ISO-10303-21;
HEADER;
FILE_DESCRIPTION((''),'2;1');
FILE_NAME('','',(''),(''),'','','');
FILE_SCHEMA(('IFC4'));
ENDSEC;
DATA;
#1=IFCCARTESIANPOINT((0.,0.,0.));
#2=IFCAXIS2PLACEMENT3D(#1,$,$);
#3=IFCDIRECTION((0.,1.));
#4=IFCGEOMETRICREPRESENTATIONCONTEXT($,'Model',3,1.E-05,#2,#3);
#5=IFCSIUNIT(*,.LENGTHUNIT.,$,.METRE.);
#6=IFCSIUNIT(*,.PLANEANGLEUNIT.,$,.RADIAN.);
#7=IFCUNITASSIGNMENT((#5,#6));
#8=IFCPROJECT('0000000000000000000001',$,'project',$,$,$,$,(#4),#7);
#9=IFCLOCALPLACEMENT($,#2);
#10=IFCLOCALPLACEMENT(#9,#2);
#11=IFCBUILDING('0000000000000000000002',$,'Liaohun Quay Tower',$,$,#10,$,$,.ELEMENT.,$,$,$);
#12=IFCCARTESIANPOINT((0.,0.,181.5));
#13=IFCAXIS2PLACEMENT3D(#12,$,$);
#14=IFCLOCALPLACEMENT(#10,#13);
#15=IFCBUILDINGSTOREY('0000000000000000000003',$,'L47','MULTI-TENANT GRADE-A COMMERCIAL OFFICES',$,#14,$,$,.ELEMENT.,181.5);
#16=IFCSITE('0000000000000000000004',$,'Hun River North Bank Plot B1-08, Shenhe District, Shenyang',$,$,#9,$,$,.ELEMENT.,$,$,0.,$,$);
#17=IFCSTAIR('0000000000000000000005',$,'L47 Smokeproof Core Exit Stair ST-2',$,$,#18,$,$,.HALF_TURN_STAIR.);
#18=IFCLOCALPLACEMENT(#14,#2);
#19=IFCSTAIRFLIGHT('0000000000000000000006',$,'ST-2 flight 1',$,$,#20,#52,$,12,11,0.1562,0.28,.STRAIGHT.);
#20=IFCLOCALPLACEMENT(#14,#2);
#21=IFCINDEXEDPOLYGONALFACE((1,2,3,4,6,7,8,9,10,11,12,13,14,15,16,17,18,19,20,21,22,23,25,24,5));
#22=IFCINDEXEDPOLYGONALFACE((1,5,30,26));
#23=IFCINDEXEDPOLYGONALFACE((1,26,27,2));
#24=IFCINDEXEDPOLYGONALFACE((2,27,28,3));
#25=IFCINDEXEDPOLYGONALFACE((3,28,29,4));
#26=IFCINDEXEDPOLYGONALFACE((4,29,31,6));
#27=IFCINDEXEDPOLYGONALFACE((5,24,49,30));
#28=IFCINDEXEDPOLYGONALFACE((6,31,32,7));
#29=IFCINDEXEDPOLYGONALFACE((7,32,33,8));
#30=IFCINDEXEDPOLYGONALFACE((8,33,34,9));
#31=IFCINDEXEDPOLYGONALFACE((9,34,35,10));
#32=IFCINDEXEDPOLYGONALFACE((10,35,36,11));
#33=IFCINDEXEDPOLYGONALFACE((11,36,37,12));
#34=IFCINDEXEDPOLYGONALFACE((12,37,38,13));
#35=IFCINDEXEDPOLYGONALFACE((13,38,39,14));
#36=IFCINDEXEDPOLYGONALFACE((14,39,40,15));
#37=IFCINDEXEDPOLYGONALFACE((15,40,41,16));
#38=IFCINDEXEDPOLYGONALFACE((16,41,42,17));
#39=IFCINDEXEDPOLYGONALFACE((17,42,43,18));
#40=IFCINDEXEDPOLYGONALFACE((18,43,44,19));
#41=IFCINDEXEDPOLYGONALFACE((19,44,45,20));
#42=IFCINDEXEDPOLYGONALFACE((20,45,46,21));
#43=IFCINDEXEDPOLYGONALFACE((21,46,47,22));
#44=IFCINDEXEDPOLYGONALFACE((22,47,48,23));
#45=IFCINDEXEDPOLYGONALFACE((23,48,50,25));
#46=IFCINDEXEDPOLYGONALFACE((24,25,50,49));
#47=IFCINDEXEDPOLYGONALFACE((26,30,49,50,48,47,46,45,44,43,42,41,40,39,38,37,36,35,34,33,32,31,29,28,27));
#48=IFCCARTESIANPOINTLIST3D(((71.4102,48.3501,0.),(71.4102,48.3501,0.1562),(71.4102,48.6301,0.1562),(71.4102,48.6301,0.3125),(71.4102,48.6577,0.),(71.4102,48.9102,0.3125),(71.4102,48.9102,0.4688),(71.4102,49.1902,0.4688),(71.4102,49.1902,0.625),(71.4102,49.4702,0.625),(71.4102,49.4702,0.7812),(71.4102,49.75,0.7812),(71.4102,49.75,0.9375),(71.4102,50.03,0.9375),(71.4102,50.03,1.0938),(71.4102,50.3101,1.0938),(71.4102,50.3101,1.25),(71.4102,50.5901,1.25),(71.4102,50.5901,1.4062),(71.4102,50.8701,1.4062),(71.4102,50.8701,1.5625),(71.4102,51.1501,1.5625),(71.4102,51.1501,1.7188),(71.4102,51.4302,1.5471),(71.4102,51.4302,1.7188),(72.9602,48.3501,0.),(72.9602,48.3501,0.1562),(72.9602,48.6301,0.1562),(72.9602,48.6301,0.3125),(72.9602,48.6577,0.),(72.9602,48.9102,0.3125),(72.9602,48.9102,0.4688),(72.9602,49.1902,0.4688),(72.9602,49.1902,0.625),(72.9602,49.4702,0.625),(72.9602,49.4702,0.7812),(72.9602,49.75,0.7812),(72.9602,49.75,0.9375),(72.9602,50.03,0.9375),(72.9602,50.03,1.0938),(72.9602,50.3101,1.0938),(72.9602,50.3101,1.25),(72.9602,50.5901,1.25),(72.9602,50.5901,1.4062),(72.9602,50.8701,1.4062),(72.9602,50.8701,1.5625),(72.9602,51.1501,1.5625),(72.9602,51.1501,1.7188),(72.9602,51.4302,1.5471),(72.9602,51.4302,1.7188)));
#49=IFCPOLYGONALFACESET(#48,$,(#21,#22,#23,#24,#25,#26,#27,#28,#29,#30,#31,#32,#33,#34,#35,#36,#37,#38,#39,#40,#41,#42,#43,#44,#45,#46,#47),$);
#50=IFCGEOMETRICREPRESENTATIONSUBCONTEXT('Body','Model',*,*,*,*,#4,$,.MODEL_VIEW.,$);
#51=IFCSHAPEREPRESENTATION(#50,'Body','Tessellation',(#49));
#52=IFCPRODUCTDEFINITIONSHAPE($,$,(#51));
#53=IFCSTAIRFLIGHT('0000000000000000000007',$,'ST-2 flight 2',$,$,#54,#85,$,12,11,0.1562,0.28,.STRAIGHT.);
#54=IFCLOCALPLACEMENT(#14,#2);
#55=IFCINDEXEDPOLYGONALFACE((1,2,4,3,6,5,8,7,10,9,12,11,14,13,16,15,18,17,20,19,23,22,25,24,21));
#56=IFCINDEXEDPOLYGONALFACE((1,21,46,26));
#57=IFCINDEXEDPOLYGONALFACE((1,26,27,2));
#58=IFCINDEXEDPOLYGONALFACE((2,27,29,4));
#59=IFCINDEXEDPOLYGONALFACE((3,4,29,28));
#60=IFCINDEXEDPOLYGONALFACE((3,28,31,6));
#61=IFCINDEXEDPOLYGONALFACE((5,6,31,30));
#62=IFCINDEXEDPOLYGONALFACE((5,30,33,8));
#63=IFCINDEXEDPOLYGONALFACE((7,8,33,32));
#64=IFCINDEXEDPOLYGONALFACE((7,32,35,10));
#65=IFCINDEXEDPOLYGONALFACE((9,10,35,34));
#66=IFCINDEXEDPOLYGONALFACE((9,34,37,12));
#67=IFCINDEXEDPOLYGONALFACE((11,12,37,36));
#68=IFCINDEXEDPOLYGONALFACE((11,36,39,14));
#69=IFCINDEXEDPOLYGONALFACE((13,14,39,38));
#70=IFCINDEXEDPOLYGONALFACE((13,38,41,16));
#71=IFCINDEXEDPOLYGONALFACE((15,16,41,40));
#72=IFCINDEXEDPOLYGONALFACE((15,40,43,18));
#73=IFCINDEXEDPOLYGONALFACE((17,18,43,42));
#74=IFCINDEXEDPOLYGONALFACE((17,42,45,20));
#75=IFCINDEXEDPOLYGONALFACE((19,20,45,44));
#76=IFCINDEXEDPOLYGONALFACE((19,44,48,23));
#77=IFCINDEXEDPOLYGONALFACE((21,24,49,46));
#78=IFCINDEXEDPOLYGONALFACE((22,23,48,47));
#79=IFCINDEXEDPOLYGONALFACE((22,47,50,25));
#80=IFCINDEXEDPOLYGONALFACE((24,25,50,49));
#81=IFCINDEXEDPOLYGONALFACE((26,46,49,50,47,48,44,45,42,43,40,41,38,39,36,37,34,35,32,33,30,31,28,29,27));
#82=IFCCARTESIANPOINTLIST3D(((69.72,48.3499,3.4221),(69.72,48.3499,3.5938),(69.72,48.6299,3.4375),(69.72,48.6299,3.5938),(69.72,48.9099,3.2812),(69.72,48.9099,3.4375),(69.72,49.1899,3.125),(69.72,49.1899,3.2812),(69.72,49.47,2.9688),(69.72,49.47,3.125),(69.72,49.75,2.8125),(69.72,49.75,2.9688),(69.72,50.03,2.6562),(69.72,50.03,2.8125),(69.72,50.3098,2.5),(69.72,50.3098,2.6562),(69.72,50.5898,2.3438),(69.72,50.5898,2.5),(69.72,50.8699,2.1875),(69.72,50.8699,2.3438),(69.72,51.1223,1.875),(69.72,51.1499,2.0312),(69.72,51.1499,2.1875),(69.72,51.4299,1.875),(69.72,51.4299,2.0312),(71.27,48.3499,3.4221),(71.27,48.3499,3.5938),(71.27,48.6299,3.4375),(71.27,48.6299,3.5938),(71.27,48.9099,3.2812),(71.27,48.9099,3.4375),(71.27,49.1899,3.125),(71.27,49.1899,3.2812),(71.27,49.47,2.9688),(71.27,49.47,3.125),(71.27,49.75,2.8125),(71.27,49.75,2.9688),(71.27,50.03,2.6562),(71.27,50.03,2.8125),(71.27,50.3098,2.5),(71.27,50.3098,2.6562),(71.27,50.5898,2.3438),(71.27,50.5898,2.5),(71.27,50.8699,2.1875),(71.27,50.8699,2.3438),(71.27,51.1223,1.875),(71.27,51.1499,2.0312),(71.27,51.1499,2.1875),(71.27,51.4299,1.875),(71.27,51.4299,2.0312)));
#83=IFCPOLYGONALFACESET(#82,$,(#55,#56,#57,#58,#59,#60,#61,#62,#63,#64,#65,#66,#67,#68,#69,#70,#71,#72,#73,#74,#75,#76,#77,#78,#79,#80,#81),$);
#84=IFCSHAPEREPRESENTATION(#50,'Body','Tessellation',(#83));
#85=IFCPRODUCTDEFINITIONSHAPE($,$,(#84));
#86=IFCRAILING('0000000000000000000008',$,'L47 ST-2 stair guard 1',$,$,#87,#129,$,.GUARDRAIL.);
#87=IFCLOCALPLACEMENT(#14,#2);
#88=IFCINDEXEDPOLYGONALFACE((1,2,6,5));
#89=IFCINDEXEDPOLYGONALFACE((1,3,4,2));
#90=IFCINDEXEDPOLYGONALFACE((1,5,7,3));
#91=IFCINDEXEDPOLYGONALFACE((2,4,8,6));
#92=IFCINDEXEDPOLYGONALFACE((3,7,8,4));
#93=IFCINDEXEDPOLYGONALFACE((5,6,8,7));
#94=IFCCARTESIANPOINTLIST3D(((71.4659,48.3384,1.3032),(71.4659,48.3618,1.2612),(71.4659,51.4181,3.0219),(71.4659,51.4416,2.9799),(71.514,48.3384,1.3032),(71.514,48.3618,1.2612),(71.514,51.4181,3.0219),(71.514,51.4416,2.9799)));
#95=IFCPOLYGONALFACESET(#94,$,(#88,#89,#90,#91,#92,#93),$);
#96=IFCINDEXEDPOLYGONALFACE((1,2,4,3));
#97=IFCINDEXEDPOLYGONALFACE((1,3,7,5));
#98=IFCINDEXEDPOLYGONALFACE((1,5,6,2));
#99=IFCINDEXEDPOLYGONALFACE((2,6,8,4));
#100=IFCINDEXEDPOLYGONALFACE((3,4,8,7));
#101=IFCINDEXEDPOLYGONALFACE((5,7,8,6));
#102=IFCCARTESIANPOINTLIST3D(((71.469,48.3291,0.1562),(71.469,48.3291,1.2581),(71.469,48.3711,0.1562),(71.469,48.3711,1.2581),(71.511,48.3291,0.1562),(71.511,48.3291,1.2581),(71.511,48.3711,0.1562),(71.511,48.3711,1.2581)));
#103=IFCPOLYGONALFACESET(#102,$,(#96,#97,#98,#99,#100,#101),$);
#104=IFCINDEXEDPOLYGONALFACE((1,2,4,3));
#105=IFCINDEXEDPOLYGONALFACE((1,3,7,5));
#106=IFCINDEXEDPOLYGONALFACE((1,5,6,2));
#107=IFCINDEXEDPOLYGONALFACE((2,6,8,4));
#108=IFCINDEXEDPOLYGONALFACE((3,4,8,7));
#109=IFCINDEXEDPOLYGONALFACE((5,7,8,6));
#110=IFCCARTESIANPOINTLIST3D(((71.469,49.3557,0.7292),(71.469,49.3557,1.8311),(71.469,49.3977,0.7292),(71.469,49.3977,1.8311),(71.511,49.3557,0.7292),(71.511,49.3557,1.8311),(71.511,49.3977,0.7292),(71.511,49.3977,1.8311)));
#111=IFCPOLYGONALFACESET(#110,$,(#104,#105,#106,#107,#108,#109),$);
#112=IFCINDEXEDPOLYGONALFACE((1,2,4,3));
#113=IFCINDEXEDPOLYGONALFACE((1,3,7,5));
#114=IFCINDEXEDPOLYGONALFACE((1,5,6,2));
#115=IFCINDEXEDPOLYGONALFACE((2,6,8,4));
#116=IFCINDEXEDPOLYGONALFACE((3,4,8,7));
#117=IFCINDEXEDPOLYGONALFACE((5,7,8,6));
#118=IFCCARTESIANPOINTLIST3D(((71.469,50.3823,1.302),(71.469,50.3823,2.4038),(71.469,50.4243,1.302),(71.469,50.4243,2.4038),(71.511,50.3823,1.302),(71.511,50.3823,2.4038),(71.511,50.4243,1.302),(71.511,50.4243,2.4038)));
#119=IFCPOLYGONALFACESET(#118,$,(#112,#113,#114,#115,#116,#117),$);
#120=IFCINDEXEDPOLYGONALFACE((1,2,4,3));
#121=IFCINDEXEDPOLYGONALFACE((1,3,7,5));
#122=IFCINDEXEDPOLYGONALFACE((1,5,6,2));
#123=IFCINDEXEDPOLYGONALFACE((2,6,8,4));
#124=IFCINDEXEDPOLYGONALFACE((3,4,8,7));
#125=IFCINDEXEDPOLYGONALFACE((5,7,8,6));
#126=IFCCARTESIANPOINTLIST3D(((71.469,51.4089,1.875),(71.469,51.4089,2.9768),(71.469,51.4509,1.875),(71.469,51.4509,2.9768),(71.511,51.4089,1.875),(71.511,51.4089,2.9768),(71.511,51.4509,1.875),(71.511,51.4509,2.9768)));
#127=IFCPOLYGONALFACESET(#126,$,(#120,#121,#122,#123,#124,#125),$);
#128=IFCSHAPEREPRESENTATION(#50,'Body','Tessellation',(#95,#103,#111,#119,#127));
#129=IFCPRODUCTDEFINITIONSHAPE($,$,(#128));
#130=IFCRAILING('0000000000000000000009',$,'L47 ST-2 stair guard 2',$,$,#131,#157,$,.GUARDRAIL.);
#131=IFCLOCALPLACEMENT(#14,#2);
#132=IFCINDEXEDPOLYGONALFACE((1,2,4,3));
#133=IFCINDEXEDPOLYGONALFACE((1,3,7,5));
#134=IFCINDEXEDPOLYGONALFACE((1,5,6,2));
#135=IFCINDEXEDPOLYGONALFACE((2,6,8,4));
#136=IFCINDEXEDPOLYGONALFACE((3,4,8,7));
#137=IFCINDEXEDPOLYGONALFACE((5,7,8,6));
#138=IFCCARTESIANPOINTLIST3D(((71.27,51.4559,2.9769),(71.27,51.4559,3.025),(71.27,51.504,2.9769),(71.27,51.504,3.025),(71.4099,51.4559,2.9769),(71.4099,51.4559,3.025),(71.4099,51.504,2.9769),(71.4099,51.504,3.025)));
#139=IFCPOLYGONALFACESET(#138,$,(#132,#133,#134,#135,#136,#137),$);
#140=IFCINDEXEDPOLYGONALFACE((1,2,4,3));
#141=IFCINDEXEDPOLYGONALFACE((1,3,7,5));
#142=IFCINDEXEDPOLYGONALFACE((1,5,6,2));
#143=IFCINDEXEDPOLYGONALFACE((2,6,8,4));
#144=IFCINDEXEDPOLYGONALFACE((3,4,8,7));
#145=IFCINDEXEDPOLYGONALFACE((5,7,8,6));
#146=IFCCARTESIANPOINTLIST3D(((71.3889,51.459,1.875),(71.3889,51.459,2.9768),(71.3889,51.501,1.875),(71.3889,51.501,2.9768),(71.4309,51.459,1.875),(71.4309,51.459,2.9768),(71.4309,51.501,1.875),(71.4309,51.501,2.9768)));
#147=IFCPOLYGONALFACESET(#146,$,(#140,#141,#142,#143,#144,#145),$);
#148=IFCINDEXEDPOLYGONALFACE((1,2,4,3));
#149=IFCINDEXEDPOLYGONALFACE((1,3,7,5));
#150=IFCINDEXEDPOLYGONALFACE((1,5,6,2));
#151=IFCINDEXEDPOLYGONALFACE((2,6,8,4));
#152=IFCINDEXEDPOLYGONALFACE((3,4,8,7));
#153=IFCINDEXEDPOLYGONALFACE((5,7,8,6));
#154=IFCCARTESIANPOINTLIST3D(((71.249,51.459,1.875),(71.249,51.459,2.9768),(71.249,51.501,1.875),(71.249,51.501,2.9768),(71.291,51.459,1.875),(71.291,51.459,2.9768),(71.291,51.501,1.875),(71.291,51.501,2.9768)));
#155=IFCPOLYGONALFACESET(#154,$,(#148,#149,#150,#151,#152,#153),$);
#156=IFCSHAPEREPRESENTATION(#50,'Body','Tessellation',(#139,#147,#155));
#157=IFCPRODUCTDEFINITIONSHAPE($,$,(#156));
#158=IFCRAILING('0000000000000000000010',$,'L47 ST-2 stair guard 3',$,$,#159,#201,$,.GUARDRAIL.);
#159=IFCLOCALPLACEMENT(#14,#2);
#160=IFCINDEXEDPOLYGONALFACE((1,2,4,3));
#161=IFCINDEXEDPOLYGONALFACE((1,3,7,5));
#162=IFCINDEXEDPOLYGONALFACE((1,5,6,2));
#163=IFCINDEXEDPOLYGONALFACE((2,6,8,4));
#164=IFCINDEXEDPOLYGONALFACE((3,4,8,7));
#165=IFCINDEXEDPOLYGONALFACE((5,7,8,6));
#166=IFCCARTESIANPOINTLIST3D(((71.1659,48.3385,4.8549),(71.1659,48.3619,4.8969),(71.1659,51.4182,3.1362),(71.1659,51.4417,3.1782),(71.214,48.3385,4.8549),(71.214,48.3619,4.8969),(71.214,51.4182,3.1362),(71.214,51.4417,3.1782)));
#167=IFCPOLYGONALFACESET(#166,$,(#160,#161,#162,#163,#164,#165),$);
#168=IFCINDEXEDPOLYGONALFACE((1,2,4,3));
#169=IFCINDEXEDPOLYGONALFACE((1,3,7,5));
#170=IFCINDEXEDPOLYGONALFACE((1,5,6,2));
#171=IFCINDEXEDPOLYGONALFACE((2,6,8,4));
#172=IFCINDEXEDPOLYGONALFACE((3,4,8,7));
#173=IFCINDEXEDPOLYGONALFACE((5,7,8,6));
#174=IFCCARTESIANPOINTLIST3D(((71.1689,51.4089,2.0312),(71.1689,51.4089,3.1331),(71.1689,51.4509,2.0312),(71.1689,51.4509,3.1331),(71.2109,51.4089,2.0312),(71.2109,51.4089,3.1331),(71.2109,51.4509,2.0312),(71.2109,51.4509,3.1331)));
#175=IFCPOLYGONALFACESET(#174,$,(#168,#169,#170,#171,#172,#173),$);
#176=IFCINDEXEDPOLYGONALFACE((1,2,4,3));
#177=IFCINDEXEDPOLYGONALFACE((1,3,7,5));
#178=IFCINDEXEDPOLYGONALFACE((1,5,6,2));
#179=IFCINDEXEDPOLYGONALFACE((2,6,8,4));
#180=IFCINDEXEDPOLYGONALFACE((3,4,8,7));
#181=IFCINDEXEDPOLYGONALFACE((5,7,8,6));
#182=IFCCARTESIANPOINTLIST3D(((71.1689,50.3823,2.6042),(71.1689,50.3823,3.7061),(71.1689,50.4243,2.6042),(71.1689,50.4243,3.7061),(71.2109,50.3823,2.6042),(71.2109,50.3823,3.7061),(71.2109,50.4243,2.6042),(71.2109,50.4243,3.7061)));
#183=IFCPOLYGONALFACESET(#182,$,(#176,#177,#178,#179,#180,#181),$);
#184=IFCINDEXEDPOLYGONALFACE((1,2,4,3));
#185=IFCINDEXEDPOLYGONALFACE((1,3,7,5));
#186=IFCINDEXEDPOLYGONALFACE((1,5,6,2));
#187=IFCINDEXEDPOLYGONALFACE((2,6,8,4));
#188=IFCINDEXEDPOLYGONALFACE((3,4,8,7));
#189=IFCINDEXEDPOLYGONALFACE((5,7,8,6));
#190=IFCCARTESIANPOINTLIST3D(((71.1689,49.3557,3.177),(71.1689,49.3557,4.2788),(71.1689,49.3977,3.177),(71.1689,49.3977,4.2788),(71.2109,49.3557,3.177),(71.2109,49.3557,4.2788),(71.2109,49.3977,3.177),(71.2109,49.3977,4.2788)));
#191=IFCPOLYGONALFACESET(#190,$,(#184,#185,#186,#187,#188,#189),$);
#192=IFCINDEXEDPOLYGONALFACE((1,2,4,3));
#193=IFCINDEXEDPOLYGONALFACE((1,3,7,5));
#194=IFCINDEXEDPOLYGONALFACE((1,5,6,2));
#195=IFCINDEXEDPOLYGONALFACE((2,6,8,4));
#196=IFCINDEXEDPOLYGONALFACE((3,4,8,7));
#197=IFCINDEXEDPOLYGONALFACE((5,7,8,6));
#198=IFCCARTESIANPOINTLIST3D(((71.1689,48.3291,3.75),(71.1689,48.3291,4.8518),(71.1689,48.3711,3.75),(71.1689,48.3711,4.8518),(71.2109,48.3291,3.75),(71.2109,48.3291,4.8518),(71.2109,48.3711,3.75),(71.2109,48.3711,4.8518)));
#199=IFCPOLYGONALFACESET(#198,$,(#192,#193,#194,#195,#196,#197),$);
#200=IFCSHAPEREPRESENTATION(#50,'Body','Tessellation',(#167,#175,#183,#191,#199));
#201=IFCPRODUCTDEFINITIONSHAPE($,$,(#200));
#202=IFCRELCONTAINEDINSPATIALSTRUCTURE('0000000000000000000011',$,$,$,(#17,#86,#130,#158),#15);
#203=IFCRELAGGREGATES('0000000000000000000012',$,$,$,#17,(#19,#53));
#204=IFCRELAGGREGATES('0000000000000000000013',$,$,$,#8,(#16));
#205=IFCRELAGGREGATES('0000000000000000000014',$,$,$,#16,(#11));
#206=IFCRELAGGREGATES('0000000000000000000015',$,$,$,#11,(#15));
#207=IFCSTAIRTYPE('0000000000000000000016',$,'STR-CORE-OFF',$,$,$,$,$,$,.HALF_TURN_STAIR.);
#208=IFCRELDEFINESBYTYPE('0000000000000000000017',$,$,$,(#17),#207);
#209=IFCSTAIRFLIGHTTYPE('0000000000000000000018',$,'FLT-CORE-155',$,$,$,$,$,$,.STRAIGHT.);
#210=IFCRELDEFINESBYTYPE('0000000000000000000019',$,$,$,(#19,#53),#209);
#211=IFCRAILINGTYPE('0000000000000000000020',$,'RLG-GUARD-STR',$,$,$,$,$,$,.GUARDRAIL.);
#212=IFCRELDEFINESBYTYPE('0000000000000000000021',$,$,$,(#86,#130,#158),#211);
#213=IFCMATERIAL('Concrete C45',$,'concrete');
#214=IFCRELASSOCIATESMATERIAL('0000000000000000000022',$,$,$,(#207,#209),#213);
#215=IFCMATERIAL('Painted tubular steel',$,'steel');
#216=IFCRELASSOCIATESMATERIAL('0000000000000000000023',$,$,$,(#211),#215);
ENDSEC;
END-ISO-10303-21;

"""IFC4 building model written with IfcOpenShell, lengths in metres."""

from ifc_helpers import new_model, si_unit, direction, frame, origin, origin_2d, place, context, subcontext, project, spatial, polyline, rectangle, outline, extrude, material, type_object, element, aggregate, save


model = new_model("IFC4")

# Units and contexts
model_context = context("Model", 3, precision=1e-05, world=origin(), true_north=direction((0.0, 1.0)))
body_context = subcontext(model_context, "Body", "Model", "MODEL_VIEW")
ifc_project = project(units=[si_unit("LENGTHUNIT", "METRE"), si_unit("PLANEANGLEUNIT", "RADIAN")], contexts=[model_context])

# Site, building, storey
site_placement = place(None, origin())
site = spatial("IfcSite", under=ifc_project, at=site_placement, Name="Hun River North Bank Plot B1-08, Shenhe District, Shenyang", CompositionType="ELEMENT", RefElevation=0.0)
building_placement = place(site_placement, origin())
building = spatial("IfcBuilding", under=site, at=building_placement, Name="Liaohun Quay Tower", CompositionType="ELEMENT")
storey_placement = place(building_placement, frame((0.0, 0.0, 181.5)))
storey = spatial("IfcBuildingStorey", under=building, at=storey_placement, Name="L47", Description="MULTI-TENANT GRADE-A COMMERCIAL OFFICES", CompositionType="ELEMENT", Elevation=181.5)

# Stair, stair flights
ifc_material_1 = material(Name="Concrete C45", Category="concrete")
stair_type = type_object("IfcStairType", Name="STR-CORE-OFF", PredefinedType="HALF_TURN_STAIR", material=ifc_material_1)
stair_placement = place(storey_placement, origin())
stair = element("IfcStair", 1, at=stair_placement, inside=storey, type_object=stair_type, Name="L47 Smokeproof Core Exit Stair ST-2", PredefinedType="HALF_TURN_STAIR")
stair_flight_type = type_object("IfcStairFlightType", Name="FLT-CORE-155", PredefinedType="STRAIGHT", material=ifc_material_1)
stair_flight_1_placement = place(storey_placement, frame((72.1851, 48.3501, 0.0), z_axis=(0.0, 0.0, 1.0), x_axis=(0.0, 1.0, 0.0)))
stair_flight_1 = element("IfcStairFlight", 2, at=stair_flight_1_placement, type_object=stair_flight_type, Name="ST-2 flight 1", NumberOfRisers=12, NumberOfTreads=11, PredefinedType="STRAIGHT", RiserHeight=0.1562, TreadLength=0.28, context=body_context, shape_type="SweptSolid", body=[
    extrude(outline(polyline([(0.0, 0.0), (0.0, 0.1562), (0.28, 0.1562), (0.28, 0.3125), (0.5601, 0.3125), (0.5601, 0.4688), (0.8401, 0.4688), (0.8401, 0.625), (1.1201, 0.625), (1.1201, 0.7812), (1.3999, 0.7812), (1.3999, 0.9375), (1.6799, 0.9375), (1.6799, 1.0938), (1.96, 1.0938), (1.96, 1.25), (2.24, 1.25), (2.24, 1.4062), (2.52, 1.4062), (2.52, 1.5625), (2.8, 1.5625), (2.8, 1.7188), (3.0801, 1.7188), (3.0801, 1.875), (3.0801, 1.5471), (0.3076, 0.0), (0.0, 0.0)])), frame((0.0, 0.7749, 0.0), z_axis=(0.0, -1.0, 0.0), x_axis=(1.0, 0.0, 0.0)), (0.0, 0.0, 1.0), 1.55),
])
stair_flight_2_placement = place(storey_placement, frame((70.4951, 51.4299, 1.875), z_axis=(0.0, 0.0, 1.0), x_axis=(0.0, -1.0, 0.0)))
stair_flight_2 = element("IfcStairFlight", 3, at=stair_flight_2_placement, type_object=stair_flight_type, Name="ST-2 flight 2", NumberOfRisers=12, NumberOfTreads=11, PredefinedType="STRAIGHT", RiserHeight=0.1562, TreadLength=0.28, context=body_context, shape_type="SweptSolid", body=[
    extrude(outline(polyline([(0.0, 0.0), (0.0, 0.1562), (0.28, 0.1562), (0.28, 0.3125), (0.5601, 0.3125), (0.5601, 0.4688), (0.8401, 0.4688), (0.8401, 0.625), (1.1201, 0.625), (1.1201, 0.7812), (1.3999, 0.7812), (1.3999, 0.9375), (1.6799, 0.9375), (1.6799, 1.0938), (1.96, 1.0938), (1.96, 1.25), (2.24, 1.25), (2.24, 1.4062), (2.52, 1.4062), (2.52, 1.5625), (2.8, 1.5625), (2.8, 1.7188), (3.0801, 1.7188), (3.0801, 1.875), (3.0801, 1.5471), (0.3076, 0.0), (0.0, 0.0)])), frame((0.0, 0.7749, 0.0), z_axis=(0.0, -1.0, 0.0), x_axis=(1.0, 0.0, 0.0)), (0.0, 0.0, 1.0), 1.55),
])
aggregate(stair, [stair_flight_1, stair_flight_2])

# Railings
ifc_material_2 = material(Name="Painted tubular steel", Category="steel")
railing_type_1 = type_object("IfcRailingType", Name="RLG-GUARD-STR", PredefinedType="GUARDRAIL", material=ifc_material_2)
railing_1_placement = place(storey_placement, frame((71.49, 48.3501, 0.1562)))
element("IfcRailing", 4, at=railing_1_placement, inside=storey, type_object=railing_type_1, Name="L47 ST-2 stair guard 1", PredefinedType="GUARDRAIL", context=body_context, shape_type="SweptSolid", body=[
    extrude(rectangle(XDim=0.0481, YDim=0.0481, at=origin_2d()), frame((0.0, 0.0, 1.126), z_axis=(0.0, 0.873225, 0.487317), x_axis=(-1.0, 0.0, 0.0)), (0.0, 0.0, 1.0), 3.5269),
    extrude(rectangle(XDim=0.042, YDim=0.042, at=origin_2d()), origin(), (0.0, 0.0, 1.0), 1.1018),
    extrude(rectangle(XDim=0.042, YDim=0.042, at=origin_2d()), frame((0.0, 1.0266, 0.573)), (0.0, 0.0, 1.0), 1.1018),
    extrude(rectangle(XDim=0.042, YDim=0.042, at=origin_2d()), frame((0.0, 2.0532, 1.1458)), (0.0, 0.0, 1.0), 1.1018),
    extrude(rectangle(XDim=0.042, YDim=0.042, at=origin_2d()), frame((0.0, 3.0798, 1.7188)), (0.0, 0.0, 1.0), 1.1018),
])
railing_2_placement = place(storey_placement, frame((71.4099, 51.48, 1.875)))
element("IfcRailing", 5, at=railing_2_placement, inside=storey, type_object=railing_type_1, Name="L47 ST-2 stair guard 2", PredefinedType="GUARDRAIL", context=body_context, shape_type="SweptSolid", body=[
    extrude(rectangle(XDim=0.0481, YDim=0.0481, at=origin_2d()), frame((0.0, 0.0, 1.126), z_axis=(-1.0, 0.0, 0.0), x_axis=(0.0, -1.0, 0.0)), (0.0, 0.0, 1.0), 0.1399),
    extrude(rectangle(XDim=0.042, YDim=0.042, at=origin_2d()), origin(), (0.0, 0.0, 1.0), 1.1018),
    extrude(rectangle(XDim=0.042, YDim=0.042, at=origin_2d()), frame((-0.1399, 0.0, 0.0)), (0.0, 0.0, 1.0), 1.1018),
])
railing_3_placement = place(storey_placement, frame((71.1899, 51.4299, 2.0312)))
element("IfcRailing", 6, at=railing_3_placement, inside=storey, type_object=railing_type_1, Name="L47 ST-2 stair guard 3", PredefinedType="GUARDRAIL", context=body_context, shape_type="SweptSolid", body=[
    extrude(rectangle(XDim=0.0481, YDim=0.0481, at=origin_2d()), frame((0.0, 0.0, 1.126), z_axis=(0.0, -0.873225, 0.487317), x_axis=(1.0, 0.0, 0.0)), (0.0, 0.0, 1.0), 3.5269),
    extrude(rectangle(XDim=0.042, YDim=0.042, at=origin_2d()), origin(), (0.0, 0.0, 1.0), 1.1018),
    extrude(rectangle(XDim=0.042, YDim=0.042, at=origin_2d()), frame((0.0, -1.0266, 0.573)), (0.0, 0.0, 1.0), 1.1018),
    extrude(rectangle(XDim=0.042, YDim=0.042, at=origin_2d()), frame((0.0, -2.0532, 1.1458)), (0.0, 0.0, 1.0), 1.1018),
    extrude(rectangle(XDim=0.042, YDim=0.042, at=origin_2d()), frame((0.0, -3.0798, 1.7188)), (0.0, 0.0, 1.0), 1.1018),
])

save(model, "model.ifc")
